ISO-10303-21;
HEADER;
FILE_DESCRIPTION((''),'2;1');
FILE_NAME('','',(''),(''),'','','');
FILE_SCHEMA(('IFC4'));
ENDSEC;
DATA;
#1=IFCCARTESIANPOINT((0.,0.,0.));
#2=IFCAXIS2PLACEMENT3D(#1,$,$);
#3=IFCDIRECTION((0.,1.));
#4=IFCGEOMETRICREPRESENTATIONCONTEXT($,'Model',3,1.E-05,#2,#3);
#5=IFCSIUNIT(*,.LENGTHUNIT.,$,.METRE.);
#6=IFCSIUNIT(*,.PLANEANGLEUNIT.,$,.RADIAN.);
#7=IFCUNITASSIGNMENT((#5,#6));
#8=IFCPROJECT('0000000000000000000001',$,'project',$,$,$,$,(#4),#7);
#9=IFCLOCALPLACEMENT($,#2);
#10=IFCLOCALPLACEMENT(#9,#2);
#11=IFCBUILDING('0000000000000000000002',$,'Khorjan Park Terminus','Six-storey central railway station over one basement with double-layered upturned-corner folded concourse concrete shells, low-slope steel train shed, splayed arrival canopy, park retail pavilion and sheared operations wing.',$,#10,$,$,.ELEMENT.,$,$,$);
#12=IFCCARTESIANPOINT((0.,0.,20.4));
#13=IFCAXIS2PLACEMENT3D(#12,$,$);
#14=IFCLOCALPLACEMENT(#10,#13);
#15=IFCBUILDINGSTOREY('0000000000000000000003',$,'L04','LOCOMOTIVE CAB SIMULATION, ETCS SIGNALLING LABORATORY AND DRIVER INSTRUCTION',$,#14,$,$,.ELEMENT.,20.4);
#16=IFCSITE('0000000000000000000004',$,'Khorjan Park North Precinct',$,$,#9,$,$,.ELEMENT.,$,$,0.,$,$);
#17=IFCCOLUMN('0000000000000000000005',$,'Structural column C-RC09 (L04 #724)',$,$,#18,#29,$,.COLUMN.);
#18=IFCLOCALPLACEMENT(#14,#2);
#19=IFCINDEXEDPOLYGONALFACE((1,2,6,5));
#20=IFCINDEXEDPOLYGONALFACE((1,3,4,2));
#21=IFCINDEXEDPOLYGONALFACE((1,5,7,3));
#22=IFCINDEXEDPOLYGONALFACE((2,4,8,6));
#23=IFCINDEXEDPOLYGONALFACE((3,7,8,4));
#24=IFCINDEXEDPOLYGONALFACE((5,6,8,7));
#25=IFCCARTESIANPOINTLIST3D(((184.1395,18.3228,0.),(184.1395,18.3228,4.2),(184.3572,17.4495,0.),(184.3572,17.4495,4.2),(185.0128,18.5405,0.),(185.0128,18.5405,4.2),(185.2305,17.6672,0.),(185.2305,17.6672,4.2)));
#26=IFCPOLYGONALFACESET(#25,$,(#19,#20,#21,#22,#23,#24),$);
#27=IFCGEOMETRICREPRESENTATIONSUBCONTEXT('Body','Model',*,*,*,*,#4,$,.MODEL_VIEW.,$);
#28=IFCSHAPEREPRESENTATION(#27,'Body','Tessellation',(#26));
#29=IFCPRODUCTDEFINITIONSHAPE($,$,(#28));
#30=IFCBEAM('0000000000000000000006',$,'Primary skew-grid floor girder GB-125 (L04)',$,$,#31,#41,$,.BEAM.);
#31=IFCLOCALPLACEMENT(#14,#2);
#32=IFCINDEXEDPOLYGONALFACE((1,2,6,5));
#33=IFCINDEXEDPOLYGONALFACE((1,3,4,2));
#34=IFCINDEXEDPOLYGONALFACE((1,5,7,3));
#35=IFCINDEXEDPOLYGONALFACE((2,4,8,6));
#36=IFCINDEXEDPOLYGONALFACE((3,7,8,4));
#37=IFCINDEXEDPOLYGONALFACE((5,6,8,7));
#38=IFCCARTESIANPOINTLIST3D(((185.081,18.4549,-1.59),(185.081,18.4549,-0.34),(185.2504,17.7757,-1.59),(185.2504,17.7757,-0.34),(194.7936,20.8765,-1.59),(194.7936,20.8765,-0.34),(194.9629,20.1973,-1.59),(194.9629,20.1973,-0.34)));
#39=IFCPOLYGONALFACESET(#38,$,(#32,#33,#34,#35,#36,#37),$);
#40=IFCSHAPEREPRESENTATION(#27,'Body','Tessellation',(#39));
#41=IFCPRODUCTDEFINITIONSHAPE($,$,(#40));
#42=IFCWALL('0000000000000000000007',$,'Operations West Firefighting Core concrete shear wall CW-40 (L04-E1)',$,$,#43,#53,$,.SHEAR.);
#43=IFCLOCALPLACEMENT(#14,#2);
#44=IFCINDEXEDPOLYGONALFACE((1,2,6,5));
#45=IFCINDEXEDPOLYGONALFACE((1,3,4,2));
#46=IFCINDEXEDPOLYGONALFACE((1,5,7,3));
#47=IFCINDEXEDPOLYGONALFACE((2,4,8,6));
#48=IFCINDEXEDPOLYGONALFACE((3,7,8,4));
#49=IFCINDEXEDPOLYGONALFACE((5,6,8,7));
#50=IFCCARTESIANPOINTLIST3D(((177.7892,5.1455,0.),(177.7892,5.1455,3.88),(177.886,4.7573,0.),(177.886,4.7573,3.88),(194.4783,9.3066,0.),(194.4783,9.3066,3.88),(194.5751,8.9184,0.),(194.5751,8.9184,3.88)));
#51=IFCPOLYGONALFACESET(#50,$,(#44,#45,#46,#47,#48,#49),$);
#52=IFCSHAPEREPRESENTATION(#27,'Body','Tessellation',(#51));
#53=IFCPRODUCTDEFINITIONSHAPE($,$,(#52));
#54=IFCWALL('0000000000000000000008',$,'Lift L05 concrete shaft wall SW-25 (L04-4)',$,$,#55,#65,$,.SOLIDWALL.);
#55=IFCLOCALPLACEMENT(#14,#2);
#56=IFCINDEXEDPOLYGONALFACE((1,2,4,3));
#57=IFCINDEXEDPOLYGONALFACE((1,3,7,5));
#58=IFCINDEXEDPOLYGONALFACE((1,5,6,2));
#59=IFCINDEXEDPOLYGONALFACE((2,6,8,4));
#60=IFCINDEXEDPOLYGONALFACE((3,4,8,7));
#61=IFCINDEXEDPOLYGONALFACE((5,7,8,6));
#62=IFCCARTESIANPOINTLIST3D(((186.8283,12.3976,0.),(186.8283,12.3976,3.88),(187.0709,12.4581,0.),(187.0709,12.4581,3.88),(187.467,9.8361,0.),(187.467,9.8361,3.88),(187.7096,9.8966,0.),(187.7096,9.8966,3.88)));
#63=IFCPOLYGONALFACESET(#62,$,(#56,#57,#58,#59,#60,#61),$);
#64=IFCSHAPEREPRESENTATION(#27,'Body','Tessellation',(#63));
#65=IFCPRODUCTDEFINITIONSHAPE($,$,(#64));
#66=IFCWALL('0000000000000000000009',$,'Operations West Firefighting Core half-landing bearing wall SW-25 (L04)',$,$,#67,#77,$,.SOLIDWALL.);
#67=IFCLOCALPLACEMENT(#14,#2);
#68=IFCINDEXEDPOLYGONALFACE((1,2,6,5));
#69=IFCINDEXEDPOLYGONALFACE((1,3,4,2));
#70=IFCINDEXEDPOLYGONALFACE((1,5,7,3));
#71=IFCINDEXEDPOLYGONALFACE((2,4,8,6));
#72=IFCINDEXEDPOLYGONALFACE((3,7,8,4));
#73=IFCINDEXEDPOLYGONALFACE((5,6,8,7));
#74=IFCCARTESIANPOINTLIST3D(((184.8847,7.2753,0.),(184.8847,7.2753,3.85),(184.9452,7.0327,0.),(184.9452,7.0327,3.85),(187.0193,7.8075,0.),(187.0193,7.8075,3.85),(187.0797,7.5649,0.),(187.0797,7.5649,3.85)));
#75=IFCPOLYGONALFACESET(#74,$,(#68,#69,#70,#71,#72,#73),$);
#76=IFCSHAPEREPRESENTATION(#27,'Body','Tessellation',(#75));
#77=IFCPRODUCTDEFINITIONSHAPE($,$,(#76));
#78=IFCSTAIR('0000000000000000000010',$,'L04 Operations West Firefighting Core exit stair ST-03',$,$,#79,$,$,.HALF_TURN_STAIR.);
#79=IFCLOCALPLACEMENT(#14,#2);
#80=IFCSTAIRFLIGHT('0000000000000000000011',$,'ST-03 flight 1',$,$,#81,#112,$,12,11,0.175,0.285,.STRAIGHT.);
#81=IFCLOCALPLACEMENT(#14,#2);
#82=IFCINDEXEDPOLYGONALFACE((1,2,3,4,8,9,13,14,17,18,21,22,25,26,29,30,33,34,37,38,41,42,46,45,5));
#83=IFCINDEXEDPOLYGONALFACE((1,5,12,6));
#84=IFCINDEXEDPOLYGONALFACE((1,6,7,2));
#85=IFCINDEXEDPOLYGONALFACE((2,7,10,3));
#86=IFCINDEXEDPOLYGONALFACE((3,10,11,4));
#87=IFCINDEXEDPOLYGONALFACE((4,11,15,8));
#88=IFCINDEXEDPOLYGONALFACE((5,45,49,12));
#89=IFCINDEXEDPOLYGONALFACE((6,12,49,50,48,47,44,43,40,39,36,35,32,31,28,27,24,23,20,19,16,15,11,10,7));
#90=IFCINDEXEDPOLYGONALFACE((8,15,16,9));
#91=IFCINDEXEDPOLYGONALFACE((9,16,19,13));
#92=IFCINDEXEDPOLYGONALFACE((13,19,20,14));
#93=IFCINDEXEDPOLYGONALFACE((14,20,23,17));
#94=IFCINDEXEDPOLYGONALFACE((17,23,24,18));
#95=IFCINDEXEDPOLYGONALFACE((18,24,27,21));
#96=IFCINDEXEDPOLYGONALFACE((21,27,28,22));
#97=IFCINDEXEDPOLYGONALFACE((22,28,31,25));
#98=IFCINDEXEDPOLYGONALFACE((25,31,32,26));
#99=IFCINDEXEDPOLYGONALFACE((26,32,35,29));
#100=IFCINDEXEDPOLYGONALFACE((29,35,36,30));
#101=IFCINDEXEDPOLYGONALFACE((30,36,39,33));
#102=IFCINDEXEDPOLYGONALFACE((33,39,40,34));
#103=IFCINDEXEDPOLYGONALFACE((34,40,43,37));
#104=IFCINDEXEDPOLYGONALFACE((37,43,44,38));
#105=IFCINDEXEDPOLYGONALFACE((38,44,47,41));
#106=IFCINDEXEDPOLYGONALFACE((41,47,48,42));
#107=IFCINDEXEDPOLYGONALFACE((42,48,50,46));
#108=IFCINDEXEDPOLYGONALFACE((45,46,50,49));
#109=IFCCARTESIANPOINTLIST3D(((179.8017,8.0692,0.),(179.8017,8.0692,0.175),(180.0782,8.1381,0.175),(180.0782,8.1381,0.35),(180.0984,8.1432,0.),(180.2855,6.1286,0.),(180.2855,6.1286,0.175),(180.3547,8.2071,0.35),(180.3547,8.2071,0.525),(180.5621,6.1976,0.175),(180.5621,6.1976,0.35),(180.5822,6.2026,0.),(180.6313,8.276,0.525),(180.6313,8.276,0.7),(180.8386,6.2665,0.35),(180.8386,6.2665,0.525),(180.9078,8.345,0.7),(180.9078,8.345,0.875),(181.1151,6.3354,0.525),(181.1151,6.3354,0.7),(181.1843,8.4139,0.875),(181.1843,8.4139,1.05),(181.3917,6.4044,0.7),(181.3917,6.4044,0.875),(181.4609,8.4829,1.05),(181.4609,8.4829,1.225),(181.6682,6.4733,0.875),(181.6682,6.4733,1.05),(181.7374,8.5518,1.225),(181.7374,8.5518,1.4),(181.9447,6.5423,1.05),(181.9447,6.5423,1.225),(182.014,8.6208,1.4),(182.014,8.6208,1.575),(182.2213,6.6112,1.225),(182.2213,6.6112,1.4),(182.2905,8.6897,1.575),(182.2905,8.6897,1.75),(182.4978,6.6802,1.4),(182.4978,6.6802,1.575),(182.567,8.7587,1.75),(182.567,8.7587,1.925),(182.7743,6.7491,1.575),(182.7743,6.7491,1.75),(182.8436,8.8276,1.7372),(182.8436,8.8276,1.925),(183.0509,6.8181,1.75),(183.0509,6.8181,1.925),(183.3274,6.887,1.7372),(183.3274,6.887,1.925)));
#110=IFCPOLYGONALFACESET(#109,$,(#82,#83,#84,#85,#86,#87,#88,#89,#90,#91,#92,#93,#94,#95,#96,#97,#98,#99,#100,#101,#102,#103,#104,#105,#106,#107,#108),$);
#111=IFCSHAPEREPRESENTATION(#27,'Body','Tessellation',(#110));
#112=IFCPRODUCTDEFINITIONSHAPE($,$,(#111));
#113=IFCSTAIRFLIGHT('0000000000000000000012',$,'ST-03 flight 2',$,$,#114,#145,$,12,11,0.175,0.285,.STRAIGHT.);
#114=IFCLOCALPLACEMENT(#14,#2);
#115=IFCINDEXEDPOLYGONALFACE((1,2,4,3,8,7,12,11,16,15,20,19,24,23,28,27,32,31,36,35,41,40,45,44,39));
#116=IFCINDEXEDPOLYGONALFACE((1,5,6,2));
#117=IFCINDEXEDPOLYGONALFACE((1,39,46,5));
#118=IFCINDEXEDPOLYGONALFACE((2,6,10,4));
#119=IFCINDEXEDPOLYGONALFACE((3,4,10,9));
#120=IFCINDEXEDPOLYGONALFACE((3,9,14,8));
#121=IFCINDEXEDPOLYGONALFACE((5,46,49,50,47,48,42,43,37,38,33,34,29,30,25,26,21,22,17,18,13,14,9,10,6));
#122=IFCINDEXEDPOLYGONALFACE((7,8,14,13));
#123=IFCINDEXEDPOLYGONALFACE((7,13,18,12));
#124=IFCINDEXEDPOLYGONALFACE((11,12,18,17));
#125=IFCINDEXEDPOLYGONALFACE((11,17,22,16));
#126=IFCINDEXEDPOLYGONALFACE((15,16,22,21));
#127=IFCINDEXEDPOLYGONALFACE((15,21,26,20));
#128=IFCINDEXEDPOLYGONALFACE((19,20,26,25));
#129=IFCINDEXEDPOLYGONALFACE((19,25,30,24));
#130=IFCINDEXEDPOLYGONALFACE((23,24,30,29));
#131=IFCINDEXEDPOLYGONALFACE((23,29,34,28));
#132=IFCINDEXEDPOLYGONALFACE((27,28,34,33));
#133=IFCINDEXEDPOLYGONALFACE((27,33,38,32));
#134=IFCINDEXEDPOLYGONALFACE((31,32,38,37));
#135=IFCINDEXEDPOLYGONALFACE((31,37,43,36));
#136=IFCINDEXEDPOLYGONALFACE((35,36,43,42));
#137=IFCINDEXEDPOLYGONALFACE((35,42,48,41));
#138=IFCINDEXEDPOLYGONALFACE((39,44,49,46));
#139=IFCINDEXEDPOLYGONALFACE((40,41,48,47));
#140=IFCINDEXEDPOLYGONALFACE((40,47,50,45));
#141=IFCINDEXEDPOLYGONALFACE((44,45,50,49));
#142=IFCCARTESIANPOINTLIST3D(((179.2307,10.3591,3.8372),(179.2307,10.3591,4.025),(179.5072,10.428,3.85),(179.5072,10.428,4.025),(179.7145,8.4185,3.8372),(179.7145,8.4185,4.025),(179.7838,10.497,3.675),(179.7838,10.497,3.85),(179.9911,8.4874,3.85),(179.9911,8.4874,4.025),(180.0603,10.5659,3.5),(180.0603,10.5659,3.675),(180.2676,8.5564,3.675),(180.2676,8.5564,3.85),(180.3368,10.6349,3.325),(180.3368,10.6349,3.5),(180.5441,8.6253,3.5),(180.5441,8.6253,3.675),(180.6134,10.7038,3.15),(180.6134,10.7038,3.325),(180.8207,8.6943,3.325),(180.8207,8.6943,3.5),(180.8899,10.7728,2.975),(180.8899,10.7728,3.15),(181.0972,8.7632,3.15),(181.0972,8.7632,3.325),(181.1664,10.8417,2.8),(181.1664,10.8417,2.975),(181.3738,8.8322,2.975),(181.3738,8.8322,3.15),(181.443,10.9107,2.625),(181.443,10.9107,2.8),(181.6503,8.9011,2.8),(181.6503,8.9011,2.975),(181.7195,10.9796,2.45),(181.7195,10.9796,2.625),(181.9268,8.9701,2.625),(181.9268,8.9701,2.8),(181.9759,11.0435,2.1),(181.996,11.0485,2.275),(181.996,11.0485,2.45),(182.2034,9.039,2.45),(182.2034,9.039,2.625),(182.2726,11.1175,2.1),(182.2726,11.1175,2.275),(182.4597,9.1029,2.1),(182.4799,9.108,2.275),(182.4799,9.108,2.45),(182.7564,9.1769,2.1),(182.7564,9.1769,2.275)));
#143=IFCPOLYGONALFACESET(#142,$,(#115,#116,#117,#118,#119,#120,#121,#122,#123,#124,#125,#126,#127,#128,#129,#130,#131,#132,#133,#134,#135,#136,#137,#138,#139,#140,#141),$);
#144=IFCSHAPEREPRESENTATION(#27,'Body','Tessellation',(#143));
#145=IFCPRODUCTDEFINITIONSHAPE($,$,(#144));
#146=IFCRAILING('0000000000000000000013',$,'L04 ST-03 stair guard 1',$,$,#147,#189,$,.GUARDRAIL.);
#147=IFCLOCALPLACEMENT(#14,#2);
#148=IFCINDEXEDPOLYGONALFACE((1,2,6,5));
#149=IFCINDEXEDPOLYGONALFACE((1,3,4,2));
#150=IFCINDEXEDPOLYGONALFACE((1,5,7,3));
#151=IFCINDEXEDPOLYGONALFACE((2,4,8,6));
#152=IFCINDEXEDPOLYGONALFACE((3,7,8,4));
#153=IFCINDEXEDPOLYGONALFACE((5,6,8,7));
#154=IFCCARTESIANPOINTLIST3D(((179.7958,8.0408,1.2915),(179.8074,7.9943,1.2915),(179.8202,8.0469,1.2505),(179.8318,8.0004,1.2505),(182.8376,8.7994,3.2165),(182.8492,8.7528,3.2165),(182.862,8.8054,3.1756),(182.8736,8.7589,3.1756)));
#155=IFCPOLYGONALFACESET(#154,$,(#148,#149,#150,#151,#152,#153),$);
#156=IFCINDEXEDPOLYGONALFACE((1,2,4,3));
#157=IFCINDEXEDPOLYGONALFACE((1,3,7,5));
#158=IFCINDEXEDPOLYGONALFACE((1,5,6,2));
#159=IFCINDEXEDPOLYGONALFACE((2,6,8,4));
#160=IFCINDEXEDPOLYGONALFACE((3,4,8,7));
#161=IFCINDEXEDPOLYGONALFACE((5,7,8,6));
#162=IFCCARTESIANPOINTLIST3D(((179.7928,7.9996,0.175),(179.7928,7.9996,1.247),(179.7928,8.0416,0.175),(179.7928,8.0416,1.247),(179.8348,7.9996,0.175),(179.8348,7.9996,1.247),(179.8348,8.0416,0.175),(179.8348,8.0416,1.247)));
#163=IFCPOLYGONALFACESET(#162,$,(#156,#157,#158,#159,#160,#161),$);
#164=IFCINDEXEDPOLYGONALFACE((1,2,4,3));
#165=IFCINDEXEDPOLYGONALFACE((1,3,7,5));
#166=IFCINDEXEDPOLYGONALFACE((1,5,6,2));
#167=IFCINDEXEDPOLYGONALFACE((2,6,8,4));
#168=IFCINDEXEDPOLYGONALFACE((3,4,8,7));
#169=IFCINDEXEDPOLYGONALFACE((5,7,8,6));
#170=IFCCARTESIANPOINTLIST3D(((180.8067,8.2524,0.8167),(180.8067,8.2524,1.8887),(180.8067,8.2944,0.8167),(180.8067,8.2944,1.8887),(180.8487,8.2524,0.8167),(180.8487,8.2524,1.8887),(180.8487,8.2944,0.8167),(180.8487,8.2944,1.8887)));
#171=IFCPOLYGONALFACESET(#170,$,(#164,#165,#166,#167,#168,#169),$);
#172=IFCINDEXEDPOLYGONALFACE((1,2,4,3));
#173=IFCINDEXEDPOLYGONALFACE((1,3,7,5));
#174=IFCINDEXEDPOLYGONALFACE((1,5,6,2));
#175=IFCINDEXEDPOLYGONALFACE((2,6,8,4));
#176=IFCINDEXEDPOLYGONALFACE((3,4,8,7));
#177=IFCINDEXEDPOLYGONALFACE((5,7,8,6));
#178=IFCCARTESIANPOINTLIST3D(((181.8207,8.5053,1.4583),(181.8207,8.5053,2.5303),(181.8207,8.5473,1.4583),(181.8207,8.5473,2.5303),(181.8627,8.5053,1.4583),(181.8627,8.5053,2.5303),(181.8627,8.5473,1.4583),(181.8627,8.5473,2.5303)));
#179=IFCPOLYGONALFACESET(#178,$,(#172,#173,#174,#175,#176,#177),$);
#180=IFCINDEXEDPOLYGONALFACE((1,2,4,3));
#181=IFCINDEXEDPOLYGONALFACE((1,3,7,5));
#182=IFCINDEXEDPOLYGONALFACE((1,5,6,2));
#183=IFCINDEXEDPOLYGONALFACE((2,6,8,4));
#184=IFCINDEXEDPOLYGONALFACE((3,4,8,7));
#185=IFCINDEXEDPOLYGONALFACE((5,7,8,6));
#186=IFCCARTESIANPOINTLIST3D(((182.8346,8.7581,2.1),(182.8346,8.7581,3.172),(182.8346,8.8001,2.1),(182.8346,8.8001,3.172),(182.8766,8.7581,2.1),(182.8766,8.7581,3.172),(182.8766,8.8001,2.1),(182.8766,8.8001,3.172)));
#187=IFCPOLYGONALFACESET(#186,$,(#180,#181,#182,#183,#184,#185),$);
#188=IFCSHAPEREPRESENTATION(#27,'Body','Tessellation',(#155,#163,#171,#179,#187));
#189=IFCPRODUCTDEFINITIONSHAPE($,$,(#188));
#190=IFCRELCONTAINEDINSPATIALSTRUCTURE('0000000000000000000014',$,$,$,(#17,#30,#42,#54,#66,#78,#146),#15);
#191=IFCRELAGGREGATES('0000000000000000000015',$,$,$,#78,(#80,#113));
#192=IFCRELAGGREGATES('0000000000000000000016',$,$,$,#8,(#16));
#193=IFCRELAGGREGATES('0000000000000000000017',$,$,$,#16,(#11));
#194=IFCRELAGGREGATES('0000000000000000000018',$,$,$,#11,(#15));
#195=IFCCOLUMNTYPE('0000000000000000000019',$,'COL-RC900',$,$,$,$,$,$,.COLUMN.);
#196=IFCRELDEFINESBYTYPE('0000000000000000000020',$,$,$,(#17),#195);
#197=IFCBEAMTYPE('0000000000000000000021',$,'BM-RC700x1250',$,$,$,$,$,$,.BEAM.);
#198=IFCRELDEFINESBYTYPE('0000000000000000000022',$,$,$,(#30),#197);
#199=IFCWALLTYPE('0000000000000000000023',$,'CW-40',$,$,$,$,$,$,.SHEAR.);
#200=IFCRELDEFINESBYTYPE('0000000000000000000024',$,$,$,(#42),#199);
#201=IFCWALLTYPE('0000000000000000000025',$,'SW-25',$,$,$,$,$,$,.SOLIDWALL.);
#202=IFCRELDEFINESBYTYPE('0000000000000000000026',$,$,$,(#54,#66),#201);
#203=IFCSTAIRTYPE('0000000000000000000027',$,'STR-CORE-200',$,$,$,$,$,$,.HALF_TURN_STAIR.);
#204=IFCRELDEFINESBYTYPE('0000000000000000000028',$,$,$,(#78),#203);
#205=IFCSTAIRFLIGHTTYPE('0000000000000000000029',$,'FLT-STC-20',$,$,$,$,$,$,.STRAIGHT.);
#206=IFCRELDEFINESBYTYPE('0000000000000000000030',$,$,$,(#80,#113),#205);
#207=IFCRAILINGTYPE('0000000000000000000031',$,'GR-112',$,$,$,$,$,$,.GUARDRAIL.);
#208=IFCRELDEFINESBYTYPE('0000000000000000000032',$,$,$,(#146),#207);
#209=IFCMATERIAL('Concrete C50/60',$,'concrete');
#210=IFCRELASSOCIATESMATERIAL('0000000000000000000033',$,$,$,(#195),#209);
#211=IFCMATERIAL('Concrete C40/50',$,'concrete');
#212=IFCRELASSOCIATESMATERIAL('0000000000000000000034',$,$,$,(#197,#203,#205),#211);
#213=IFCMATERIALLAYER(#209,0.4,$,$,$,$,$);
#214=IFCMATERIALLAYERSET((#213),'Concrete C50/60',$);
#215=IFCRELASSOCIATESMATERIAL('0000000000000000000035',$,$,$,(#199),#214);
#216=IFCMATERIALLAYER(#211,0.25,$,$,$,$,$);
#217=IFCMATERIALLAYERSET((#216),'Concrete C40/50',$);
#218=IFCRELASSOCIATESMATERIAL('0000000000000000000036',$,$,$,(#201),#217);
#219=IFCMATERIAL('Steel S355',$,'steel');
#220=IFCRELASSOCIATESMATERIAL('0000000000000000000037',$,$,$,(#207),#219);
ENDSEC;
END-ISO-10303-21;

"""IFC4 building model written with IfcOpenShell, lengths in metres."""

from ifc_helpers import new_model, si_unit, direction, frame, frame_2d, origin, origin_2d, place, context, subcontext, project, spatial, polyline, rectangle, outline, extrude, material, layer, layer_set, material_profile, profile_set, type_object, element, aggregate, save


model = new_model("IFC4")

# Units and contexts
model_context = context("Model", 3, precision=1e-05, world=origin(), true_north=direction((0.0, 1.0)))
body_context = subcontext(model_context, "Body", "Model", "MODEL_VIEW")
ifc_project = project(units=[si_unit("LENGTHUNIT", "METRE"), si_unit("PLANEANGLEUNIT", "RADIAN")], contexts=[model_context])

# Site, building, storey
site_placement = place(None, origin())
site = spatial("IfcSite", under=ifc_project, at=site_placement, Name="Khorjan Park North Precinct", CompositionType="ELEMENT", RefElevation=0.0)
building_placement = place(site_placement, origin())
building = spatial("IfcBuilding", under=site, at=building_placement, Name="Khorjan Park Terminus", Description="Six-storey central railway station over one basement with double-layered upturned-corner folded concourse concrete shells, low-slope steel train shed, splayed arrival canopy, park retail pavilion and sheared operations wing.", CompositionType="ELEMENT")
storey_placement = place(building_placement, frame((0.0, 0.0, 20.4)))
storey = spatial("IfcBuildingStorey", under=building, at=storey_placement, Name="L04", Description="LOCOMOTIVE CAB SIMULATION, ETCS SIGNALLING LABORATORY AND DRIVER INSTRUCTION", CompositionType="ELEMENT", Elevation=20.4)

# Column
ifc_material_1 = material(Name="Concrete C50/60", Category="concrete")
ifc_material_profile_1 = material_profile(ifc_material_1, rectangle(XDim=0.9, YDim=0.9, at=origin_2d()), Name="RC 900x900")
ifc_profile_set_1 = profile_set([ifc_material_profile_1], Name="Concrete C50/60")
column_type = type_object("IfcColumnType", Name="COL-RC900", PredefinedType="COLUMN", material=ifc_profile_set_1)
column_placement = place(storey_placement, frame((184.685, 17.995, 0.0), z_axis=(0.0, 0.0, 1.0), x_axis=(0.970296, 0.241922, 0.0)))
element("IfcColumn", 1, at=column_placement, inside=storey, type_object=column_type, Name="Structural column C-RC09 (L04 #724)", PredefinedType="COLUMN", context=body_context, shape_type="SweptSolid", body=[
    extrude(rectangle(XDim=0.9, YDim=0.9, at=origin_2d()), origin(), (0.0, 0.0, 1.0), 4.2),
])

# Beam
ifc_material_2 = material(Name="Concrete C40/50", Category="concrete")
ifc_material_profile_2 = material_profile(ifc_material_2, rectangle(XDim=0.7, YDim=1.25, at=origin_2d()), Name="RC 700x1250")
ifc_profile_set_2 = profile_set([ifc_material_profile_2], Name="Concrete C40/50")
beam_type = type_object("IfcBeamType", Name="BM-RC700x1250", PredefinedType="BEAM", material=ifc_profile_set_2)
beam_placement = place(storey_placement, frame((185.1657, 18.1153, -0.965), z_axis=(0.970296, 0.24192, 0.0), x_axis=(-0.24192, 0.970296, 0.0)))
element("IfcBeam", 2, at=beam_placement, inside=storey, type_object=beam_type, Name="Primary skew-grid floor girder GB-125 (L04)", PredefinedType="BEAM", context=body_context, shape_type="SweptSolid", body=[
    extrude(rectangle(XDim=0.7, YDim=1.25, at=origin_2d()), origin(), (0.0, 0.0, 1.0), 10.0099),
])

# Walls
ifc_layer_1 = layer(ifc_material_1, 0.4)
ifc_layer_set_1 = layer_set([ifc_layer_1], Name="Concrete C50/60")
wall_type_1 = type_object("IfcWallType", Name="CW-40", PredefinedType="SHEAR", material=ifc_layer_set_1)
wall_1_placement = place(storey_placement, frame((177.8376, 4.9514, 0.0), z_axis=(0.0, 0.0, 1.0), x_axis=(0.970295, 0.241924, 0.0)))
element("IfcWall", 3, at=wall_1_placement, inside=storey, type_object=wall_type_1, Name="Operations West Firefighting Core concrete shear wall CW-40 (L04-E1)", PredefinedType="SHEAR", context=body_context, shape_type="SweptSolid", body=[
    extrude(rectangle(XDim=17.2, YDim=0.4, at=frame_2d((8.6, 0.0))), origin(), (0.0, 0.0, 1.0), 3.88),
])
ifc_layer_2 = layer(ifc_material_2, 0.25)
ifc_layer_set_2 = layer_set([ifc_layer_2], Name="Concrete C40/50")
wall_type_2 = type_object("IfcWallType", Name="SW-25", PredefinedType="SOLIDWALL", material=ifc_layer_set_2)
wall_2_placement = place(storey_placement, frame((186.9496, 12.4278, 0.0), z_axis=(0.0, 0.0, 1.0), x_axis=(0.241938, -0.970292, 0.0)))
element("IfcWall", 4, at=wall_2_placement, inside=storey, type_object=wall_type_2, Name="Lift L05 concrete shaft wall SW-25 (L04-4)", PredefinedType="SOLIDWALL", context=body_context, shape_type="SweptSolid", body=[
    extrude(rectangle(XDim=2.6399, YDim=0.25, at=frame_2d((1.3199, 0.0))), origin(), (0.0, 0.0, 1.0), 3.88),
])
wall_3_placement = place(storey_placement, frame((184.915, 7.154, 0.0), z_axis=(0.0, 0.0, 1.0), x_axis=(0.970297, 0.241915, 0.0)))
element("IfcWall", 5, at=wall_3_placement, inside=storey, type_object=wall_type_2, Name="Operations West Firefighting Core half-landing bearing wall SW-25 (L04)", PredefinedType="SOLIDWALL", context=body_context, shape_type="SweptSolid", body=[
    extrude(rectangle(XDim=2.1999, YDim=0.25, at=frame_2d((1.0999, 0.0))), origin(), (0.0, 0.0, 1.0), 3.85),
])

# Stair, stair flights
stair_type = type_object("IfcStairType", Name="STR-CORE-200", PredefinedType="HALF_TURN_STAIR", material=ifc_material_2)
stair_placement = place(storey_placement, origin())
stair = element("IfcStair", 6, at=stair_placement, inside=storey, type_object=stair_type, Name="L04 Operations West Firefighting Core exit stair ST-03", PredefinedType="HALF_TURN_STAIR")
stair_flight_type = type_object("IfcStairFlightType", Name="FLT-STC-20", PredefinedType="STRAIGHT", material=ifc_material_2)
stair_flight_1_placement = place(storey_placement, frame((180.0436, 7.0989, 0.0), z_axis=(0.0, 0.0, 1.0), x_axis=(0.970296, 0.241922, 0.0)))
stair_flight_1 = element("IfcStairFlight", 7, at=stair_flight_1_placement, type_object=stair_flight_type, Name="ST-03 flight 1", NumberOfRisers=12, NumberOfTreads=11, PredefinedType="STRAIGHT", RiserHeight=0.175, TreadLength=0.285, context=body_context, shape_type="SweptSolid", body=[
    extrude(outline(polyline([(0.0, 0.0), (0.0, 0.175), (0.285, 0.175), (0.285, 0.35), (0.57, 0.35), (0.57, 0.525), (0.855, 0.525), (0.855, 0.7), (1.14, 0.7), (1.14, 0.875), (1.425, 0.875), (1.425, 1.05), (1.71, 1.05), (1.71, 1.225), (1.995, 1.225), (1.995, 1.4), (2.28, 1.4), (2.28, 1.575), (2.565, 1.575), (2.565, 1.75), (2.85, 1.75), (2.85, 1.925), (3.135, 1.925), (3.135, 2.1), (3.135, 1.7372), (0.3058, 0.0), (0.0, 0.0)])), frame((0.0, 1.0, 0.0), z_axis=(0.0, -1.0, 0.0), x_axis=(1.0, 0.0, 0.0)), (0.0, 0.0, 1.0), 2.0),
])
stair_flight_2_placement = place(storey_placement, frame((182.5145, 10.1472, 2.1), z_axis=(0.0, 0.0, 1.0), x_axis=(-0.970296, -0.241922, 0.0)))
stair_flight_2 = element("IfcStairFlight", 8, at=stair_flight_2_placement, type_object=stair_flight_type, Name="ST-03 flight 2", NumberOfRisers=12, NumberOfTreads=11, PredefinedType="STRAIGHT", RiserHeight=0.175, TreadLength=0.285, context=body_context, shape_type="SweptSolid", body=[
    extrude(outline(polyline([(0.0, 0.0), (0.0, 0.175), (0.285, 0.175), (0.285, 0.35), (0.57, 0.35), (0.57, 0.525), (0.855, 0.525), (0.855, 0.7), (1.14, 0.7), (1.14, 0.875), (1.425, 0.875), (1.425, 1.05), (1.71, 1.05), (1.71, 1.225), (1.995, 1.225), (1.995, 1.4), (2.28, 1.4), (2.28, 1.575), (2.565, 1.575), (2.565, 1.75), (2.85, 1.75), (2.85, 1.925), (3.135, 1.925), (3.135, 2.1), (3.135, 1.7372), (0.3058, 0.0), (0.0, 0.0)])), frame((0.0, 1.0, 0.0), z_axis=(0.0, -1.0, 0.0), x_axis=(1.0, 0.0, 0.0)), (0.0, 0.0, 1.0), 2.0),
])
aggregate(stair, [stair_flight_1, stair_flight_2])

# Railing
ifc_material_3 = material(Name="Steel S355", Category="steel")
railing_type_1 = type_object("IfcRailingType", Name="GR-112", PredefinedType="GUARDRAIL", material=ifc_material_3)
railing_1_placement = place(storey_placement, frame((179.8138, 8.0206, 0.175)))
element("IfcRailing", 9, at=railing_1_placement, inside=storey, type_object=railing_type_1, Name="L04 ST-03 stair guard 1", PredefinedType="GUARDRAIL", context=body_context, shape_type="SweptSolid", body=[
    extrude(rectangle(XDim=0.048, YDim=0.048, at=origin_2d()), frame((0.0, 0.0, 1.096), z_axis=(0.826848, 0.206182, 0.52327), x_axis=(-0.24195, 0.970289, 0.0)), (0.0, 0.0, 1.0), 3.6788),
    extrude(rectangle(XDim=0.042, YDim=0.042, at=origin_2d()), origin(), (0.0, 0.0, 1.0), 1.072),
    extrude(rectangle(XDim=0.042, YDim=0.042, at=origin_2d()), frame((1.0139, 0.2528, 0.6417)), (0.0, 0.0, 1.0), 1.072),
    extrude(rectangle(XDim=0.042, YDim=0.042, at=origin_2d()), frame((2.0279, 0.5057, 1.2833)), (0.0, 0.0, 1.0), 1.072),
    extrude(rectangle(XDim=0.042, YDim=0.042, at=origin_2d()), frame((3.0418, 0.7585, 1.925)), (0.0, 0.0, 1.0), 1.072),
])

save(model, "model.ifc")
